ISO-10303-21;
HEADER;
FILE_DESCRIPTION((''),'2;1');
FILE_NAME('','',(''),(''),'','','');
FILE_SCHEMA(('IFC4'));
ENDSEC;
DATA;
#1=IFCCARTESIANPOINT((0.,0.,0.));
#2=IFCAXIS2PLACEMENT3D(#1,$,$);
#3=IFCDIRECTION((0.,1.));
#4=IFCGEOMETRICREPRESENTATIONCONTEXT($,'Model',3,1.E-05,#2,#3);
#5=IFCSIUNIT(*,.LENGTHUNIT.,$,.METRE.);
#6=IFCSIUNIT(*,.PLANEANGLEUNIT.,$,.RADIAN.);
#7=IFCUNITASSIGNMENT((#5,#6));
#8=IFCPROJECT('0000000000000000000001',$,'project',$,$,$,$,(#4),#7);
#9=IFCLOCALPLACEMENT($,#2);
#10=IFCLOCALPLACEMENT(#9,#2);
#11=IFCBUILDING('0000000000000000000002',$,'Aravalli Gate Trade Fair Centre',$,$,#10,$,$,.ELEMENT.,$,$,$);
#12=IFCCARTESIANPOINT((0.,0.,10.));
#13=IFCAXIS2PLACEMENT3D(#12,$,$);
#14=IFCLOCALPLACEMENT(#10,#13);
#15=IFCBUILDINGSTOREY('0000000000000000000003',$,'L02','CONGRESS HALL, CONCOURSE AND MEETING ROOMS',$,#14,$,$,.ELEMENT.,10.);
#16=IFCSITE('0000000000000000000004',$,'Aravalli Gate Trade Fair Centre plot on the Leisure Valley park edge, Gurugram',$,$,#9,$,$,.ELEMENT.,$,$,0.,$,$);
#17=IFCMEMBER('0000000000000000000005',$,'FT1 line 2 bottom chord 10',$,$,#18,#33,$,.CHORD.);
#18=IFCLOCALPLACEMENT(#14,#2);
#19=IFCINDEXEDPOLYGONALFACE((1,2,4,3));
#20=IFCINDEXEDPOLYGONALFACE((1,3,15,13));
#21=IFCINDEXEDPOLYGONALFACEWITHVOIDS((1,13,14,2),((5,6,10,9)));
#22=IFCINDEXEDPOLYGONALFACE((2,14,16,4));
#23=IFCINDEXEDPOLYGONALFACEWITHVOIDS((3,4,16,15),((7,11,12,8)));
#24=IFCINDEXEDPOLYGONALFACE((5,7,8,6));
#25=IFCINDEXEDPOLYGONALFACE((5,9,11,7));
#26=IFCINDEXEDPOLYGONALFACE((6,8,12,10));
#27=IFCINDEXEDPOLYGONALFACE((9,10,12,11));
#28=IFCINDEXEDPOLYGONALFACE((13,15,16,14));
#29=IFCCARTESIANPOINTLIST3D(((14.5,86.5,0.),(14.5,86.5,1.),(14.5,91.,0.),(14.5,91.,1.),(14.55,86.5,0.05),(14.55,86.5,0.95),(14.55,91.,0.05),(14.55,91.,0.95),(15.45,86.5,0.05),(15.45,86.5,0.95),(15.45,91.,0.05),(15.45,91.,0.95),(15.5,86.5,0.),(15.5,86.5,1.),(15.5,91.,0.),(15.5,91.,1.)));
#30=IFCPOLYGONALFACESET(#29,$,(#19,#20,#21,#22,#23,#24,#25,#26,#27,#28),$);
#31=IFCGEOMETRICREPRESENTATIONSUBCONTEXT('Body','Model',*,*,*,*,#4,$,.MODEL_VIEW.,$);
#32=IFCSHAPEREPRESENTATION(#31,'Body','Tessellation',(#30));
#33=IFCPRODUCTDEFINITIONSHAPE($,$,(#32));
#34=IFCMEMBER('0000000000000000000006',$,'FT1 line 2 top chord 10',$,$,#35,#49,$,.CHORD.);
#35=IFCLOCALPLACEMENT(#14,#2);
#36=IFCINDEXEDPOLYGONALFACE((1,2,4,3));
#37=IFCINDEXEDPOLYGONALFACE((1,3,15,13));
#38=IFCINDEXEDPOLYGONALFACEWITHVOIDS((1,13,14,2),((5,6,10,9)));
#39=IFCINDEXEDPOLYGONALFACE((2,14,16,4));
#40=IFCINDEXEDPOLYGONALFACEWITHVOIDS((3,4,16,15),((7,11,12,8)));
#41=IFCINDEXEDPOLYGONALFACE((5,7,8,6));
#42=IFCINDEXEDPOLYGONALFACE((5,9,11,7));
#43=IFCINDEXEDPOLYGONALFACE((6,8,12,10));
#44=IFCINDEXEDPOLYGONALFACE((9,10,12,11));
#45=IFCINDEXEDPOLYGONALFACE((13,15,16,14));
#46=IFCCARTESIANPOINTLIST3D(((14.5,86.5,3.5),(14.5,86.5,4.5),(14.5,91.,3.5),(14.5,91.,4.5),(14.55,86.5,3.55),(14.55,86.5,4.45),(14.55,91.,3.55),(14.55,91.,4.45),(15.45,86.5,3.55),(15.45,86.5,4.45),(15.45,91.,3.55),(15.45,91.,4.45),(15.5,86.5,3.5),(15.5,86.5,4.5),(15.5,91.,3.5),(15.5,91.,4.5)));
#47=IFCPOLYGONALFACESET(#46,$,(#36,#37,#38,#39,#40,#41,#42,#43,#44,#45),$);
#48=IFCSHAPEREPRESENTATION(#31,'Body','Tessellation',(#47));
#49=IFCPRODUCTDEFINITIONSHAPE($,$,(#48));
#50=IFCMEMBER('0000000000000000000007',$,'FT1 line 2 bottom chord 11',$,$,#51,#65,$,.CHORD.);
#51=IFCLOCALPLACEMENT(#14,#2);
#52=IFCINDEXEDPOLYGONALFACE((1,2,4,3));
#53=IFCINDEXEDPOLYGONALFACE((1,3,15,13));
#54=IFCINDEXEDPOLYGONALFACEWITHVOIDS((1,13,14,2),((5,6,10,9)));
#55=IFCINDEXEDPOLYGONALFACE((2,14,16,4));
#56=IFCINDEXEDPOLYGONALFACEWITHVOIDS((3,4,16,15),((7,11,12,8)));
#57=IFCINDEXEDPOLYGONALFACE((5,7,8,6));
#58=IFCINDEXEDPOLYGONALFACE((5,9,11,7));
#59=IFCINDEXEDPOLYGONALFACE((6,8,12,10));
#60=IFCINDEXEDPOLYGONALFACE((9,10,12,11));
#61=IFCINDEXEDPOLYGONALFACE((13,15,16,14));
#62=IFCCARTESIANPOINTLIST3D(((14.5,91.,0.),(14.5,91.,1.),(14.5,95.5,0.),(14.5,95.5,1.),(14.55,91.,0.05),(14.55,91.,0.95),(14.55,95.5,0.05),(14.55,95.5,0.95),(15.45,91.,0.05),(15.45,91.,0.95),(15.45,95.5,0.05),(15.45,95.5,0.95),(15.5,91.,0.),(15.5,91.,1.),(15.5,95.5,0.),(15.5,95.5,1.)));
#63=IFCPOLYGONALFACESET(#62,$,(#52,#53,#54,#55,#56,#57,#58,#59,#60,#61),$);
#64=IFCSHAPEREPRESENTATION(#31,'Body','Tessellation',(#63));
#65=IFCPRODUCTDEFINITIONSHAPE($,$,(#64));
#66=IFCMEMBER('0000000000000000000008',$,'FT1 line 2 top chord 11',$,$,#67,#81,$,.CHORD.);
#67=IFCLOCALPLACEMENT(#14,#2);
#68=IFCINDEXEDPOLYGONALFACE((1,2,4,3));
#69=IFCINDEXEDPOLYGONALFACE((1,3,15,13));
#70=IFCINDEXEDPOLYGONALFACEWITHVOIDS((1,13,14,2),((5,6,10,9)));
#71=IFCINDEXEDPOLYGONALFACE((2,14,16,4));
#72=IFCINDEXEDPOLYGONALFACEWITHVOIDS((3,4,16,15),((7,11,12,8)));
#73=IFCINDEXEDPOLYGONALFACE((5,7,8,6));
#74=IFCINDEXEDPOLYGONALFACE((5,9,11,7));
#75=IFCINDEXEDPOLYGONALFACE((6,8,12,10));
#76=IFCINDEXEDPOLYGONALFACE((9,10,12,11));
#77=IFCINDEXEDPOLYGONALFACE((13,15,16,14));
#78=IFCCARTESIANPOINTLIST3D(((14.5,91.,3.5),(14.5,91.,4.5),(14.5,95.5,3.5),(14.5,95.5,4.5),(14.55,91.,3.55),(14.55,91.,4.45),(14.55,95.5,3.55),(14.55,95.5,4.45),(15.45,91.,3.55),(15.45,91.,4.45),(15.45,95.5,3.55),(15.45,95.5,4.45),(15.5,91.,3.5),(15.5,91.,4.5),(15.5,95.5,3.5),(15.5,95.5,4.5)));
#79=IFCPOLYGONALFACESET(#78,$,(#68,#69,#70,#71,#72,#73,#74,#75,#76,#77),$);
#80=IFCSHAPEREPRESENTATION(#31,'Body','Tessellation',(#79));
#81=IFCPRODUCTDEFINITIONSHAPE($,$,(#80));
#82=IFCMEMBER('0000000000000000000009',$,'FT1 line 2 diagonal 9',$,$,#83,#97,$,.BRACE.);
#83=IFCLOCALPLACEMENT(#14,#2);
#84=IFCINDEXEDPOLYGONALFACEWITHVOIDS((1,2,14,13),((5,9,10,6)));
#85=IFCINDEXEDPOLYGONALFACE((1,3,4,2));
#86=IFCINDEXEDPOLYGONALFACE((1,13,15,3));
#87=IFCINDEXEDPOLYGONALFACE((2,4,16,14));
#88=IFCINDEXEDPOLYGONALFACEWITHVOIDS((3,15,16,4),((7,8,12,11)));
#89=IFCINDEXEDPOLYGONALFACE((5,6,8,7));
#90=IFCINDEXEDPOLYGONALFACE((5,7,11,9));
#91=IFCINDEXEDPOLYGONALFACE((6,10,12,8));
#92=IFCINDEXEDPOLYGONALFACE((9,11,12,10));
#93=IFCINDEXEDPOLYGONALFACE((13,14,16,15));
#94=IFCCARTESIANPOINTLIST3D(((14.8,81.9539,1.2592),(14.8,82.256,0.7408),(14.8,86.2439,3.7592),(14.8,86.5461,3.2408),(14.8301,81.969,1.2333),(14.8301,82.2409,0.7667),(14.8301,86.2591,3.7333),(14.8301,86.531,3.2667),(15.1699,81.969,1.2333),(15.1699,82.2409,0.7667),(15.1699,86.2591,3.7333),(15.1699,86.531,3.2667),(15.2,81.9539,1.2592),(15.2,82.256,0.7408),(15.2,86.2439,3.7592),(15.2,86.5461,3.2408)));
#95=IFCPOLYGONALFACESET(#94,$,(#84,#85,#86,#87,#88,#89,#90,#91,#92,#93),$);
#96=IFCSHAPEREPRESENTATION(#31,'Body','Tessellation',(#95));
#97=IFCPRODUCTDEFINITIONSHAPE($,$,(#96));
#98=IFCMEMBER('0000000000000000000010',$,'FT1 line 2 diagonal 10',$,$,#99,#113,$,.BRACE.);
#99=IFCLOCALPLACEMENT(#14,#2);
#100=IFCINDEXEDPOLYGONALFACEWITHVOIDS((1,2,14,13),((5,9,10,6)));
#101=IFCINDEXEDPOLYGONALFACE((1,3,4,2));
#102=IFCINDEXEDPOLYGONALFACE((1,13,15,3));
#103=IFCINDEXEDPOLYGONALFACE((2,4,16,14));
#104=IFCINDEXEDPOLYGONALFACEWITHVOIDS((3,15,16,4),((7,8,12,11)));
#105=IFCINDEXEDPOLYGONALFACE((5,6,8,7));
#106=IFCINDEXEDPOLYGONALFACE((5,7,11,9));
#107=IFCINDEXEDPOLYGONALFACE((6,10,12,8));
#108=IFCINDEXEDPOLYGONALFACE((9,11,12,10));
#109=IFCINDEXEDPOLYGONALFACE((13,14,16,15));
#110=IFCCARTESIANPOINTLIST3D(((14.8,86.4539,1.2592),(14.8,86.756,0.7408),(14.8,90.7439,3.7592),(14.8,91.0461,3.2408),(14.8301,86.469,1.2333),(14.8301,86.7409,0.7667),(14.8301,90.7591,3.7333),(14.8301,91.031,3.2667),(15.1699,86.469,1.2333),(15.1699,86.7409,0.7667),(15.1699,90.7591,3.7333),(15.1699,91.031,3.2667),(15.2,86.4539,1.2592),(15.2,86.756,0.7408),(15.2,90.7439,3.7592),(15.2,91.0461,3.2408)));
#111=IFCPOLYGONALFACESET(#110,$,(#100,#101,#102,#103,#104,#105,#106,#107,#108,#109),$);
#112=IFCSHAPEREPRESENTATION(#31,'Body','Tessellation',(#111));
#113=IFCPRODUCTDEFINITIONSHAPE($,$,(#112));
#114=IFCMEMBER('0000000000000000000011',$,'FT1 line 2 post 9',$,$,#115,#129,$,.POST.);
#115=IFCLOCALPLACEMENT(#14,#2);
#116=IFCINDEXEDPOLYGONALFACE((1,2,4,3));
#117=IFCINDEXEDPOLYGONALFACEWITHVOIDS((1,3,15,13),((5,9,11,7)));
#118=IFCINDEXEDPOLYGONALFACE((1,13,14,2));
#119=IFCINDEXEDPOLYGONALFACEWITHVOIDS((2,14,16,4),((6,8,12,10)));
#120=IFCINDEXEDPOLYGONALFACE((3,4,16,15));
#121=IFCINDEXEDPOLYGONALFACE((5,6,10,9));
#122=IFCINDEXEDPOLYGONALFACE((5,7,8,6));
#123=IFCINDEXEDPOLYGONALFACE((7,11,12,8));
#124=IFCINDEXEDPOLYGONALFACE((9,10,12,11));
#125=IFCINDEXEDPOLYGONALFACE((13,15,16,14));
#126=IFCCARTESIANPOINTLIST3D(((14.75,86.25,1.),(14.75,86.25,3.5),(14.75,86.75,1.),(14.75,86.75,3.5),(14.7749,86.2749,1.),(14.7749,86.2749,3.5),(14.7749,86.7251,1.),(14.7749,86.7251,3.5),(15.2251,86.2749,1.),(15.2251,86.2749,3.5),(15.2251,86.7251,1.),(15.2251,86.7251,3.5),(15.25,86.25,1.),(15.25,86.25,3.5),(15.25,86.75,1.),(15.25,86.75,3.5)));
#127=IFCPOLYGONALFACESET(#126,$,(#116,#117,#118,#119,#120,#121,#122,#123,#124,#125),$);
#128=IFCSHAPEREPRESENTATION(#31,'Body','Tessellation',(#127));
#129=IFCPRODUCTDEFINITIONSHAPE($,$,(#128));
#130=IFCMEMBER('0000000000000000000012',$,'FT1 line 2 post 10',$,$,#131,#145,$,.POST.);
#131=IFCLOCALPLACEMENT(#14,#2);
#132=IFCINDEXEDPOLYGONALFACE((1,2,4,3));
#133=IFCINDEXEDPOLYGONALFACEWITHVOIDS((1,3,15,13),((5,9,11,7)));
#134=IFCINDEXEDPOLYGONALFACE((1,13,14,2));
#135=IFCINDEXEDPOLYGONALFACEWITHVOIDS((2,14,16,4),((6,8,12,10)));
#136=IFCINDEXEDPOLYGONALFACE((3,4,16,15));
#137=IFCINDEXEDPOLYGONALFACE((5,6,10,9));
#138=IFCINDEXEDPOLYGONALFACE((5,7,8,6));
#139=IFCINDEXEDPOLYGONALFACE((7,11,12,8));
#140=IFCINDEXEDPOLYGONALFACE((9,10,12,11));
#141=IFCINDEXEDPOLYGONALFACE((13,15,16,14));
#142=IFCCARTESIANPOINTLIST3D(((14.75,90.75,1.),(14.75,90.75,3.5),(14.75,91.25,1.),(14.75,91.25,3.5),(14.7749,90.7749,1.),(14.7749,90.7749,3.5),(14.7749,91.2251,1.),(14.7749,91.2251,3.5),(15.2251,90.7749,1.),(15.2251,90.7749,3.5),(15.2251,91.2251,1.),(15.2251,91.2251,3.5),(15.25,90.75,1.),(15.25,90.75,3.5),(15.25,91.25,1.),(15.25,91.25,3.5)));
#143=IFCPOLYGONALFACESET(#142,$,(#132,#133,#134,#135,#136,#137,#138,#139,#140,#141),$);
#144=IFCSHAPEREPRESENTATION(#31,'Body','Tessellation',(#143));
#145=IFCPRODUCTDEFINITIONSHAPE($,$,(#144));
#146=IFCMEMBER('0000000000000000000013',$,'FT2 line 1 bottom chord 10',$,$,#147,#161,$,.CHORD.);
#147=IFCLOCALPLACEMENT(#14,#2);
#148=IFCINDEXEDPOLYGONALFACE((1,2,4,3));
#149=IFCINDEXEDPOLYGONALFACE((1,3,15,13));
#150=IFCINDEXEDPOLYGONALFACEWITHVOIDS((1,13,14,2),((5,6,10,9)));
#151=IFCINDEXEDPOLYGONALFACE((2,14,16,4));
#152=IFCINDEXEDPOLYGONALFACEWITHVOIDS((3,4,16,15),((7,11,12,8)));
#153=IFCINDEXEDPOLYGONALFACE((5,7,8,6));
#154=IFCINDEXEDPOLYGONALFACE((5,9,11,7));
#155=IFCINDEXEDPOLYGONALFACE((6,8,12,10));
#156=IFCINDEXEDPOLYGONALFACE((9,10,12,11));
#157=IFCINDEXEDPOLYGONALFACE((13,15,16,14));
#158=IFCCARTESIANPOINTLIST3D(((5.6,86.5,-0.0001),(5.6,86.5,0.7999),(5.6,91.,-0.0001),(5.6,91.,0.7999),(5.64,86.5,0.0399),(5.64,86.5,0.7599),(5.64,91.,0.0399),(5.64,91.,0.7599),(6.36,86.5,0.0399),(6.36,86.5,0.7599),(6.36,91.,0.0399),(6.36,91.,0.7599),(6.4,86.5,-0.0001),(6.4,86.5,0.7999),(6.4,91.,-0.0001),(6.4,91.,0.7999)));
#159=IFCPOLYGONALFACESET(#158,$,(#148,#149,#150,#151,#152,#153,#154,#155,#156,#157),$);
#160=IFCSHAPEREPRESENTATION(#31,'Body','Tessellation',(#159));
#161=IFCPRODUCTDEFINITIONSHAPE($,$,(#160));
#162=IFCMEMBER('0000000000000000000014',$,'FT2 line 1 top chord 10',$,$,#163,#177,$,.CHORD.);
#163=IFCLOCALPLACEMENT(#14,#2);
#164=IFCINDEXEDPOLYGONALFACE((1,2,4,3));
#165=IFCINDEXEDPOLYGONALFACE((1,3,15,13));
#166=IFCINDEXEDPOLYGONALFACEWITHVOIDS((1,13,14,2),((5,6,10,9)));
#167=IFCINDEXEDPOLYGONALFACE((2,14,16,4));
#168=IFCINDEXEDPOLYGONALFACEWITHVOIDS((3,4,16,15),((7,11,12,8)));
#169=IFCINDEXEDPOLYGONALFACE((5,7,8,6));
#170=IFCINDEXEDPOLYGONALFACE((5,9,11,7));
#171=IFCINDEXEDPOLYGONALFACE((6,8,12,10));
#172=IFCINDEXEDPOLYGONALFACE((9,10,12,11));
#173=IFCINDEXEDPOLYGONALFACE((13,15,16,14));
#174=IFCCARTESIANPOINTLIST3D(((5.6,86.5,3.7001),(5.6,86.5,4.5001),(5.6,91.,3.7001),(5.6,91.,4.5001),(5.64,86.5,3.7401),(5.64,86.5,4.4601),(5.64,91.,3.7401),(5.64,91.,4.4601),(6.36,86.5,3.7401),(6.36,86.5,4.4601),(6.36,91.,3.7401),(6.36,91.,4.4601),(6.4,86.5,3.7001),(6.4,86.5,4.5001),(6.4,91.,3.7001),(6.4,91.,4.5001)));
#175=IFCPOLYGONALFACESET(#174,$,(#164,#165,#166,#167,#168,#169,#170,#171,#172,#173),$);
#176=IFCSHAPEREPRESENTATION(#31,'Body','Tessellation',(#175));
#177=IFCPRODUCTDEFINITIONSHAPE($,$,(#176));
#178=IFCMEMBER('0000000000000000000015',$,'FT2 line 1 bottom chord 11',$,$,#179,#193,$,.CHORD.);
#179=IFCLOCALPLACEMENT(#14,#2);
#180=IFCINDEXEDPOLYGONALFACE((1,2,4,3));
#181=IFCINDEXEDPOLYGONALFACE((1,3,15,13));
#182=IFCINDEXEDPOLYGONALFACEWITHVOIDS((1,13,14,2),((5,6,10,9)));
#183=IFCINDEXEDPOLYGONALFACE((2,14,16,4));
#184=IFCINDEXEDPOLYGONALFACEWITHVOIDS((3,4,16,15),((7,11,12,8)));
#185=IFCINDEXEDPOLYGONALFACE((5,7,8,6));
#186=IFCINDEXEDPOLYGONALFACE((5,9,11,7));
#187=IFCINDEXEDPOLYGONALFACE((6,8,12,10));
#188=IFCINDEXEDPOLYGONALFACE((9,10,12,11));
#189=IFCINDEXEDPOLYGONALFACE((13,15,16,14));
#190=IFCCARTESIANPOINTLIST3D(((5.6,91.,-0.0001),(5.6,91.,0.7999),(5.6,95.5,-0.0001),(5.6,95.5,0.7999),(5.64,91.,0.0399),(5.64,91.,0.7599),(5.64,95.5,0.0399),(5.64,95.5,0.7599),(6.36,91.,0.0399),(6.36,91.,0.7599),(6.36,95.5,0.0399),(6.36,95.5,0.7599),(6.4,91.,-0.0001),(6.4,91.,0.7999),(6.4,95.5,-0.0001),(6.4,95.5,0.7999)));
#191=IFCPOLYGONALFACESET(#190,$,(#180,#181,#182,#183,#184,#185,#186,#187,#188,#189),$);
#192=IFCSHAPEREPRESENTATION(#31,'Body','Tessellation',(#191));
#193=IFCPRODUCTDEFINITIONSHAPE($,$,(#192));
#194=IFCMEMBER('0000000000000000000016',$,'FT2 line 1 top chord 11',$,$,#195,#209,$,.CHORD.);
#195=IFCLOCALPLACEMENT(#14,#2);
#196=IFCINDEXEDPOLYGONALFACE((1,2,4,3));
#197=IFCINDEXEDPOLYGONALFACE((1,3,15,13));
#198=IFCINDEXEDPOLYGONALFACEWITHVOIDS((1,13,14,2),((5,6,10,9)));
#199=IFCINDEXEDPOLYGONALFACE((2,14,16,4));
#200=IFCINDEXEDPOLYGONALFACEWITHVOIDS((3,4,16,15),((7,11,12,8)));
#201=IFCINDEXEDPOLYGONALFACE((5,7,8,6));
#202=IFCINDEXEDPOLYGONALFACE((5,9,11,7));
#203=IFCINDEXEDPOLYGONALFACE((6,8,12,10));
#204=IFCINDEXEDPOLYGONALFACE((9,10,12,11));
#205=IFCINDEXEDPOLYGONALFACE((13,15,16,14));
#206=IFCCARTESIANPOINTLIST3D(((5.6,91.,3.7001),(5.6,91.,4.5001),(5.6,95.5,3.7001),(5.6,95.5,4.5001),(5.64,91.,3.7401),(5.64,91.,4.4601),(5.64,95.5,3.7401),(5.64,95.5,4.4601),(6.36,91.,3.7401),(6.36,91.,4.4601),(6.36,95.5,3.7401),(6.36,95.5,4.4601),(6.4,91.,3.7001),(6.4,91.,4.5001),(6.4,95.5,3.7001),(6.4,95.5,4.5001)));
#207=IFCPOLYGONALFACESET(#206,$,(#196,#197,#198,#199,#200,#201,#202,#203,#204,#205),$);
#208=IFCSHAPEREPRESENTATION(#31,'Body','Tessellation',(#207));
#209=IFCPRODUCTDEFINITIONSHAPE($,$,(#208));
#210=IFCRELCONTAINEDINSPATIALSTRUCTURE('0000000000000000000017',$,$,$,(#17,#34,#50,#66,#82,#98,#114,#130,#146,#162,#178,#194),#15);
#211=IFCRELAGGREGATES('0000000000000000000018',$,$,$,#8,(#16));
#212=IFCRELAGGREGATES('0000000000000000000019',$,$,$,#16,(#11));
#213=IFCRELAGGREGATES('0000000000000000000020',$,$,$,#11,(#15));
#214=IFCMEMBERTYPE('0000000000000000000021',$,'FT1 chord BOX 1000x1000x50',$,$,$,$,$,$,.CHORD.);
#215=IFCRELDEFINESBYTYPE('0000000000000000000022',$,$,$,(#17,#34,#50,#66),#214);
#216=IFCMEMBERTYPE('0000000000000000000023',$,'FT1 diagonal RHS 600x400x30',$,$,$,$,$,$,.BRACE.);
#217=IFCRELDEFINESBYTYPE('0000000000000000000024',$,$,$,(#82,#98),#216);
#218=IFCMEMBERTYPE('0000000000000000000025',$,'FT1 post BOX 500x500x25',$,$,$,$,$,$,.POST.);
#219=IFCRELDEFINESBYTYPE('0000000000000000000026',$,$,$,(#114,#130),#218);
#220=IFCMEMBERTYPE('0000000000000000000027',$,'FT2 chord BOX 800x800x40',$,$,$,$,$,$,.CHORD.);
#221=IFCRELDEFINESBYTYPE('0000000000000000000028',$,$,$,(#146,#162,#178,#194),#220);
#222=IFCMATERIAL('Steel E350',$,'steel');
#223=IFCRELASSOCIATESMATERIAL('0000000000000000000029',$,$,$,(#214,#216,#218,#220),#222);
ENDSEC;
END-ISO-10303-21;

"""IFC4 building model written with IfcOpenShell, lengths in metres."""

from ifc_helpers import new_model, si_unit, direction, frame, origin, origin_2d, place, context, subcontext, project, spatial, hollow_rectangle, extrude, material, material_profile, profile_set, type_object, element, save


model = new_model("IFC4")

# Units and contexts
model_context = context("Model", 3, precision=1e-05, world=origin(), true_north=direction((0.0, 1.0)))
body_context = subcontext(model_context, "Body", "Model", "MODEL_VIEW")
ifc_project = project(units=[si_unit("LENGTHUNIT", "METRE"), si_unit("PLANEANGLEUNIT", "RADIAN")], contexts=[model_context])

# Site, building, storey
site_placement = place(None, origin())
site = spatial("IfcSite", under=ifc_project, at=site_placement, Name="Aravalli Gate Trade Fair Centre plot on the Leisure Valley park edge, Gurugram", CompositionType="ELEMENT", RefElevation=0.0)
building_placement = place(site_placement, origin())
building = spatial("IfcBuilding", under=site, at=building_placement, Name="Aravalli Gate Trade Fair Centre", CompositionType="ELEMENT")
storey_placement = place(building_placement, frame((0.0, 0.0, 10.0)))
storey = spatial("IfcBuildingStorey", under=building, at=storey_placement, Name="L02", Description="CONGRESS HALL, CONCOURSE AND MEETING ROOMS", CompositionType="ELEMENT", Elevation=10.0)

# Members
ifc_material_1 = material(Name="Steel E350", Category="steel")
ifc_material_profile_1 = material_profile(ifc_material_1, hollow_rectangle(XDim=1.0, YDim=1.0, WallThickness=0.05, at=origin_2d()), Name="BOX 1000x1000x50")
ifc_profile_set_1 = profile_set([ifc_material_profile_1], Name="Steel E350")
member_type_1 = type_object("IfcMemberType", Name="FT1 chord BOX 1000x1000x50", PredefinedType="CHORD", material=ifc_profile_set_1)
for number, where, z_axis, x_axis, name in (
    (1, (15.0, 86.5, 0.5), (0.0, 1.0, 0.0), (-1.0, 0.0, 0.0), "FT1 line 2 bottom chord 10"),
    (2, (15.0, 86.5, 4.0), (0.0, 1.0, 0.0), (-1.0, 0.0, 0.0), "FT1 line 2 top chord 10"),
    (3, (15.0, 91.0, 0.5), (0.0, 1.0, 0.0), (-1.0, 0.0, 0.0), "FT1 line 2 bottom chord 11"),
    (4, (15.0, 91.0, 4.0), (0.0, 1.0, 0.0), (-1.0, 0.0, 0.0), "FT1 line 2 top chord 11"),
):
    element("IfcMember", number, at=place(storey_placement, frame(where, z_axis=z_axis, x_axis=x_axis)), inside=storey, type_object=member_type_1, Name=name, PredefinedType="CHORD", context=body_context, shape_type="SweptSolid", body=[
        extrude(hollow_rectangle(XDim=1.0, YDim=1.0, WallThickness=0.05, at=origin_2d()), origin(), (0.0, 0.0, 1.0), 4.5),
    ])
ifc_material_profile_2 = material_profile(ifc_material_1, hollow_rectangle(XDim=0.3999, YDim=0.6001, WallThickness=0.03, at=origin_2d()), Name="RHS 600x400x30")
ifc_profile_set_2 = profile_set([ifc_material_profile_2], Name="Steel E350")
member_type_2 = type_object("IfcMemberType", Name="FT1 diagonal RHS 600x400x30", PredefinedType="BRACE", material=ifc_profile_set_2)
for number, where, z_axis, x_axis, name in (
    (5, (15.0, 86.395, 3.5), (0.0, -0.864, -0.503492), (1.0, 0.0, 0.0), "FT1 line 2 diagonal 9"),
    (6, (15.0, 90.895, 3.5), (0.0, -0.864, -0.503492), (1.0, 0.0, 0.0), "FT1 line 2 diagonal 10"),
):
    element("IfcMember", number, at=place(storey_placement, frame(where, z_axis=z_axis, x_axis=x_axis)), inside=storey, type_object=member_type_2, Name=name, PredefinedType="BRACE", context=body_context, shape_type="SweptSolid", body=[
        extrude(hollow_rectangle(XDim=0.3999, YDim=0.6001, WallThickness=0.03, at=origin_2d()), origin(), (0.0, 0.0, 1.0), 4.9653),
    ])
ifc_material_profile_3 = material_profile(ifc_material_1, hollow_rectangle(XDim=0.5, YDim=0.5, WallThickness=0.0249, at=origin_2d()), Name="BOX 500x500x25")
ifc_profile_set_3 = profile_set([ifc_material_profile_3], Name="Steel E350")
member_type_3 = type_object("IfcMemberType", Name="FT1 post BOX 500x500x25", PredefinedType="POST", material=ifc_profile_set_3)
for number, where, z_axis, x_axis, name in (
    (7, (15.0, 86.5, 1.0), (0.0, 0.0, 1.0), (1.0, 0.0, 0.0), "FT1 line 2 post 9"),
    (8, (15.0, 91.0, 1.0), (0.0, 0.0, 1.0), (1.0, 0.0, 0.0), "FT1 line 2 post 10"),
):
    element("IfcMember", number, at=place(storey_placement, frame(where, z_axis=z_axis, x_axis=x_axis)), inside=storey, type_object=member_type_3, Name=name, PredefinedType="POST", context=body_context, shape_type="SweptSolid", body=[
        extrude(hollow_rectangle(XDim=0.5, YDim=0.5, WallThickness=0.0249, at=origin_2d()), origin(), (0.0, 0.0, 1.0), 2.5),
    ])
ifc_material_profile_4 = material_profile(ifc_material_1, hollow_rectangle(XDim=0.8, YDim=0.8, WallThickness=0.04, at=origin_2d()), Name="BOX 800x800x40")
ifc_profile_set_4 = profile_set([ifc_material_profile_4], Name="Steel E350")
member_type_4 = type_object("IfcMemberType", Name="FT2 chord BOX 800x800x40", PredefinedType="CHORD", material=ifc_profile_set_4)
for number, where, z_axis, x_axis, name in (
    (9, (6.0, 86.5, 0.3999), (0.0, 1.0, 0.0), (-1.0, 0.0, 0.0), "FT2 line 1 bottom chord 10"),
    (10, (6.0, 86.5, 4.1001), (0.0, 1.0, 0.0), (-1.0, 0.0, 0.0), "FT2 line 1 top chord 10"),
    (11, (6.0, 91.0, 0.3999), (0.0, 1.0, 0.0), (-1.0, 0.0, 0.0), "FT2 line 1 bottom chord 11"),
    (12, (6.0, 91.0, 4.1001), (0.0, 1.0, 0.0), (-1.0, 0.0, 0.0), "FT2 line 1 top chord 11"),
):
    element("IfcMember", number, at=place(storey_placement, frame(where, z_axis=z_axis, x_axis=x_axis)), inside=storey, type_object=member_type_4, Name=name, PredefinedType="CHORD", context=body_context, shape_type="SweptSolid", body=[
        extrude(hollow_rectangle(XDim=0.8, YDim=0.8, WallThickness=0.04, at=origin_2d()), origin(), (0.0, 0.0, 1.0), 4.5),
    ])

save(model, "model.ifc")
